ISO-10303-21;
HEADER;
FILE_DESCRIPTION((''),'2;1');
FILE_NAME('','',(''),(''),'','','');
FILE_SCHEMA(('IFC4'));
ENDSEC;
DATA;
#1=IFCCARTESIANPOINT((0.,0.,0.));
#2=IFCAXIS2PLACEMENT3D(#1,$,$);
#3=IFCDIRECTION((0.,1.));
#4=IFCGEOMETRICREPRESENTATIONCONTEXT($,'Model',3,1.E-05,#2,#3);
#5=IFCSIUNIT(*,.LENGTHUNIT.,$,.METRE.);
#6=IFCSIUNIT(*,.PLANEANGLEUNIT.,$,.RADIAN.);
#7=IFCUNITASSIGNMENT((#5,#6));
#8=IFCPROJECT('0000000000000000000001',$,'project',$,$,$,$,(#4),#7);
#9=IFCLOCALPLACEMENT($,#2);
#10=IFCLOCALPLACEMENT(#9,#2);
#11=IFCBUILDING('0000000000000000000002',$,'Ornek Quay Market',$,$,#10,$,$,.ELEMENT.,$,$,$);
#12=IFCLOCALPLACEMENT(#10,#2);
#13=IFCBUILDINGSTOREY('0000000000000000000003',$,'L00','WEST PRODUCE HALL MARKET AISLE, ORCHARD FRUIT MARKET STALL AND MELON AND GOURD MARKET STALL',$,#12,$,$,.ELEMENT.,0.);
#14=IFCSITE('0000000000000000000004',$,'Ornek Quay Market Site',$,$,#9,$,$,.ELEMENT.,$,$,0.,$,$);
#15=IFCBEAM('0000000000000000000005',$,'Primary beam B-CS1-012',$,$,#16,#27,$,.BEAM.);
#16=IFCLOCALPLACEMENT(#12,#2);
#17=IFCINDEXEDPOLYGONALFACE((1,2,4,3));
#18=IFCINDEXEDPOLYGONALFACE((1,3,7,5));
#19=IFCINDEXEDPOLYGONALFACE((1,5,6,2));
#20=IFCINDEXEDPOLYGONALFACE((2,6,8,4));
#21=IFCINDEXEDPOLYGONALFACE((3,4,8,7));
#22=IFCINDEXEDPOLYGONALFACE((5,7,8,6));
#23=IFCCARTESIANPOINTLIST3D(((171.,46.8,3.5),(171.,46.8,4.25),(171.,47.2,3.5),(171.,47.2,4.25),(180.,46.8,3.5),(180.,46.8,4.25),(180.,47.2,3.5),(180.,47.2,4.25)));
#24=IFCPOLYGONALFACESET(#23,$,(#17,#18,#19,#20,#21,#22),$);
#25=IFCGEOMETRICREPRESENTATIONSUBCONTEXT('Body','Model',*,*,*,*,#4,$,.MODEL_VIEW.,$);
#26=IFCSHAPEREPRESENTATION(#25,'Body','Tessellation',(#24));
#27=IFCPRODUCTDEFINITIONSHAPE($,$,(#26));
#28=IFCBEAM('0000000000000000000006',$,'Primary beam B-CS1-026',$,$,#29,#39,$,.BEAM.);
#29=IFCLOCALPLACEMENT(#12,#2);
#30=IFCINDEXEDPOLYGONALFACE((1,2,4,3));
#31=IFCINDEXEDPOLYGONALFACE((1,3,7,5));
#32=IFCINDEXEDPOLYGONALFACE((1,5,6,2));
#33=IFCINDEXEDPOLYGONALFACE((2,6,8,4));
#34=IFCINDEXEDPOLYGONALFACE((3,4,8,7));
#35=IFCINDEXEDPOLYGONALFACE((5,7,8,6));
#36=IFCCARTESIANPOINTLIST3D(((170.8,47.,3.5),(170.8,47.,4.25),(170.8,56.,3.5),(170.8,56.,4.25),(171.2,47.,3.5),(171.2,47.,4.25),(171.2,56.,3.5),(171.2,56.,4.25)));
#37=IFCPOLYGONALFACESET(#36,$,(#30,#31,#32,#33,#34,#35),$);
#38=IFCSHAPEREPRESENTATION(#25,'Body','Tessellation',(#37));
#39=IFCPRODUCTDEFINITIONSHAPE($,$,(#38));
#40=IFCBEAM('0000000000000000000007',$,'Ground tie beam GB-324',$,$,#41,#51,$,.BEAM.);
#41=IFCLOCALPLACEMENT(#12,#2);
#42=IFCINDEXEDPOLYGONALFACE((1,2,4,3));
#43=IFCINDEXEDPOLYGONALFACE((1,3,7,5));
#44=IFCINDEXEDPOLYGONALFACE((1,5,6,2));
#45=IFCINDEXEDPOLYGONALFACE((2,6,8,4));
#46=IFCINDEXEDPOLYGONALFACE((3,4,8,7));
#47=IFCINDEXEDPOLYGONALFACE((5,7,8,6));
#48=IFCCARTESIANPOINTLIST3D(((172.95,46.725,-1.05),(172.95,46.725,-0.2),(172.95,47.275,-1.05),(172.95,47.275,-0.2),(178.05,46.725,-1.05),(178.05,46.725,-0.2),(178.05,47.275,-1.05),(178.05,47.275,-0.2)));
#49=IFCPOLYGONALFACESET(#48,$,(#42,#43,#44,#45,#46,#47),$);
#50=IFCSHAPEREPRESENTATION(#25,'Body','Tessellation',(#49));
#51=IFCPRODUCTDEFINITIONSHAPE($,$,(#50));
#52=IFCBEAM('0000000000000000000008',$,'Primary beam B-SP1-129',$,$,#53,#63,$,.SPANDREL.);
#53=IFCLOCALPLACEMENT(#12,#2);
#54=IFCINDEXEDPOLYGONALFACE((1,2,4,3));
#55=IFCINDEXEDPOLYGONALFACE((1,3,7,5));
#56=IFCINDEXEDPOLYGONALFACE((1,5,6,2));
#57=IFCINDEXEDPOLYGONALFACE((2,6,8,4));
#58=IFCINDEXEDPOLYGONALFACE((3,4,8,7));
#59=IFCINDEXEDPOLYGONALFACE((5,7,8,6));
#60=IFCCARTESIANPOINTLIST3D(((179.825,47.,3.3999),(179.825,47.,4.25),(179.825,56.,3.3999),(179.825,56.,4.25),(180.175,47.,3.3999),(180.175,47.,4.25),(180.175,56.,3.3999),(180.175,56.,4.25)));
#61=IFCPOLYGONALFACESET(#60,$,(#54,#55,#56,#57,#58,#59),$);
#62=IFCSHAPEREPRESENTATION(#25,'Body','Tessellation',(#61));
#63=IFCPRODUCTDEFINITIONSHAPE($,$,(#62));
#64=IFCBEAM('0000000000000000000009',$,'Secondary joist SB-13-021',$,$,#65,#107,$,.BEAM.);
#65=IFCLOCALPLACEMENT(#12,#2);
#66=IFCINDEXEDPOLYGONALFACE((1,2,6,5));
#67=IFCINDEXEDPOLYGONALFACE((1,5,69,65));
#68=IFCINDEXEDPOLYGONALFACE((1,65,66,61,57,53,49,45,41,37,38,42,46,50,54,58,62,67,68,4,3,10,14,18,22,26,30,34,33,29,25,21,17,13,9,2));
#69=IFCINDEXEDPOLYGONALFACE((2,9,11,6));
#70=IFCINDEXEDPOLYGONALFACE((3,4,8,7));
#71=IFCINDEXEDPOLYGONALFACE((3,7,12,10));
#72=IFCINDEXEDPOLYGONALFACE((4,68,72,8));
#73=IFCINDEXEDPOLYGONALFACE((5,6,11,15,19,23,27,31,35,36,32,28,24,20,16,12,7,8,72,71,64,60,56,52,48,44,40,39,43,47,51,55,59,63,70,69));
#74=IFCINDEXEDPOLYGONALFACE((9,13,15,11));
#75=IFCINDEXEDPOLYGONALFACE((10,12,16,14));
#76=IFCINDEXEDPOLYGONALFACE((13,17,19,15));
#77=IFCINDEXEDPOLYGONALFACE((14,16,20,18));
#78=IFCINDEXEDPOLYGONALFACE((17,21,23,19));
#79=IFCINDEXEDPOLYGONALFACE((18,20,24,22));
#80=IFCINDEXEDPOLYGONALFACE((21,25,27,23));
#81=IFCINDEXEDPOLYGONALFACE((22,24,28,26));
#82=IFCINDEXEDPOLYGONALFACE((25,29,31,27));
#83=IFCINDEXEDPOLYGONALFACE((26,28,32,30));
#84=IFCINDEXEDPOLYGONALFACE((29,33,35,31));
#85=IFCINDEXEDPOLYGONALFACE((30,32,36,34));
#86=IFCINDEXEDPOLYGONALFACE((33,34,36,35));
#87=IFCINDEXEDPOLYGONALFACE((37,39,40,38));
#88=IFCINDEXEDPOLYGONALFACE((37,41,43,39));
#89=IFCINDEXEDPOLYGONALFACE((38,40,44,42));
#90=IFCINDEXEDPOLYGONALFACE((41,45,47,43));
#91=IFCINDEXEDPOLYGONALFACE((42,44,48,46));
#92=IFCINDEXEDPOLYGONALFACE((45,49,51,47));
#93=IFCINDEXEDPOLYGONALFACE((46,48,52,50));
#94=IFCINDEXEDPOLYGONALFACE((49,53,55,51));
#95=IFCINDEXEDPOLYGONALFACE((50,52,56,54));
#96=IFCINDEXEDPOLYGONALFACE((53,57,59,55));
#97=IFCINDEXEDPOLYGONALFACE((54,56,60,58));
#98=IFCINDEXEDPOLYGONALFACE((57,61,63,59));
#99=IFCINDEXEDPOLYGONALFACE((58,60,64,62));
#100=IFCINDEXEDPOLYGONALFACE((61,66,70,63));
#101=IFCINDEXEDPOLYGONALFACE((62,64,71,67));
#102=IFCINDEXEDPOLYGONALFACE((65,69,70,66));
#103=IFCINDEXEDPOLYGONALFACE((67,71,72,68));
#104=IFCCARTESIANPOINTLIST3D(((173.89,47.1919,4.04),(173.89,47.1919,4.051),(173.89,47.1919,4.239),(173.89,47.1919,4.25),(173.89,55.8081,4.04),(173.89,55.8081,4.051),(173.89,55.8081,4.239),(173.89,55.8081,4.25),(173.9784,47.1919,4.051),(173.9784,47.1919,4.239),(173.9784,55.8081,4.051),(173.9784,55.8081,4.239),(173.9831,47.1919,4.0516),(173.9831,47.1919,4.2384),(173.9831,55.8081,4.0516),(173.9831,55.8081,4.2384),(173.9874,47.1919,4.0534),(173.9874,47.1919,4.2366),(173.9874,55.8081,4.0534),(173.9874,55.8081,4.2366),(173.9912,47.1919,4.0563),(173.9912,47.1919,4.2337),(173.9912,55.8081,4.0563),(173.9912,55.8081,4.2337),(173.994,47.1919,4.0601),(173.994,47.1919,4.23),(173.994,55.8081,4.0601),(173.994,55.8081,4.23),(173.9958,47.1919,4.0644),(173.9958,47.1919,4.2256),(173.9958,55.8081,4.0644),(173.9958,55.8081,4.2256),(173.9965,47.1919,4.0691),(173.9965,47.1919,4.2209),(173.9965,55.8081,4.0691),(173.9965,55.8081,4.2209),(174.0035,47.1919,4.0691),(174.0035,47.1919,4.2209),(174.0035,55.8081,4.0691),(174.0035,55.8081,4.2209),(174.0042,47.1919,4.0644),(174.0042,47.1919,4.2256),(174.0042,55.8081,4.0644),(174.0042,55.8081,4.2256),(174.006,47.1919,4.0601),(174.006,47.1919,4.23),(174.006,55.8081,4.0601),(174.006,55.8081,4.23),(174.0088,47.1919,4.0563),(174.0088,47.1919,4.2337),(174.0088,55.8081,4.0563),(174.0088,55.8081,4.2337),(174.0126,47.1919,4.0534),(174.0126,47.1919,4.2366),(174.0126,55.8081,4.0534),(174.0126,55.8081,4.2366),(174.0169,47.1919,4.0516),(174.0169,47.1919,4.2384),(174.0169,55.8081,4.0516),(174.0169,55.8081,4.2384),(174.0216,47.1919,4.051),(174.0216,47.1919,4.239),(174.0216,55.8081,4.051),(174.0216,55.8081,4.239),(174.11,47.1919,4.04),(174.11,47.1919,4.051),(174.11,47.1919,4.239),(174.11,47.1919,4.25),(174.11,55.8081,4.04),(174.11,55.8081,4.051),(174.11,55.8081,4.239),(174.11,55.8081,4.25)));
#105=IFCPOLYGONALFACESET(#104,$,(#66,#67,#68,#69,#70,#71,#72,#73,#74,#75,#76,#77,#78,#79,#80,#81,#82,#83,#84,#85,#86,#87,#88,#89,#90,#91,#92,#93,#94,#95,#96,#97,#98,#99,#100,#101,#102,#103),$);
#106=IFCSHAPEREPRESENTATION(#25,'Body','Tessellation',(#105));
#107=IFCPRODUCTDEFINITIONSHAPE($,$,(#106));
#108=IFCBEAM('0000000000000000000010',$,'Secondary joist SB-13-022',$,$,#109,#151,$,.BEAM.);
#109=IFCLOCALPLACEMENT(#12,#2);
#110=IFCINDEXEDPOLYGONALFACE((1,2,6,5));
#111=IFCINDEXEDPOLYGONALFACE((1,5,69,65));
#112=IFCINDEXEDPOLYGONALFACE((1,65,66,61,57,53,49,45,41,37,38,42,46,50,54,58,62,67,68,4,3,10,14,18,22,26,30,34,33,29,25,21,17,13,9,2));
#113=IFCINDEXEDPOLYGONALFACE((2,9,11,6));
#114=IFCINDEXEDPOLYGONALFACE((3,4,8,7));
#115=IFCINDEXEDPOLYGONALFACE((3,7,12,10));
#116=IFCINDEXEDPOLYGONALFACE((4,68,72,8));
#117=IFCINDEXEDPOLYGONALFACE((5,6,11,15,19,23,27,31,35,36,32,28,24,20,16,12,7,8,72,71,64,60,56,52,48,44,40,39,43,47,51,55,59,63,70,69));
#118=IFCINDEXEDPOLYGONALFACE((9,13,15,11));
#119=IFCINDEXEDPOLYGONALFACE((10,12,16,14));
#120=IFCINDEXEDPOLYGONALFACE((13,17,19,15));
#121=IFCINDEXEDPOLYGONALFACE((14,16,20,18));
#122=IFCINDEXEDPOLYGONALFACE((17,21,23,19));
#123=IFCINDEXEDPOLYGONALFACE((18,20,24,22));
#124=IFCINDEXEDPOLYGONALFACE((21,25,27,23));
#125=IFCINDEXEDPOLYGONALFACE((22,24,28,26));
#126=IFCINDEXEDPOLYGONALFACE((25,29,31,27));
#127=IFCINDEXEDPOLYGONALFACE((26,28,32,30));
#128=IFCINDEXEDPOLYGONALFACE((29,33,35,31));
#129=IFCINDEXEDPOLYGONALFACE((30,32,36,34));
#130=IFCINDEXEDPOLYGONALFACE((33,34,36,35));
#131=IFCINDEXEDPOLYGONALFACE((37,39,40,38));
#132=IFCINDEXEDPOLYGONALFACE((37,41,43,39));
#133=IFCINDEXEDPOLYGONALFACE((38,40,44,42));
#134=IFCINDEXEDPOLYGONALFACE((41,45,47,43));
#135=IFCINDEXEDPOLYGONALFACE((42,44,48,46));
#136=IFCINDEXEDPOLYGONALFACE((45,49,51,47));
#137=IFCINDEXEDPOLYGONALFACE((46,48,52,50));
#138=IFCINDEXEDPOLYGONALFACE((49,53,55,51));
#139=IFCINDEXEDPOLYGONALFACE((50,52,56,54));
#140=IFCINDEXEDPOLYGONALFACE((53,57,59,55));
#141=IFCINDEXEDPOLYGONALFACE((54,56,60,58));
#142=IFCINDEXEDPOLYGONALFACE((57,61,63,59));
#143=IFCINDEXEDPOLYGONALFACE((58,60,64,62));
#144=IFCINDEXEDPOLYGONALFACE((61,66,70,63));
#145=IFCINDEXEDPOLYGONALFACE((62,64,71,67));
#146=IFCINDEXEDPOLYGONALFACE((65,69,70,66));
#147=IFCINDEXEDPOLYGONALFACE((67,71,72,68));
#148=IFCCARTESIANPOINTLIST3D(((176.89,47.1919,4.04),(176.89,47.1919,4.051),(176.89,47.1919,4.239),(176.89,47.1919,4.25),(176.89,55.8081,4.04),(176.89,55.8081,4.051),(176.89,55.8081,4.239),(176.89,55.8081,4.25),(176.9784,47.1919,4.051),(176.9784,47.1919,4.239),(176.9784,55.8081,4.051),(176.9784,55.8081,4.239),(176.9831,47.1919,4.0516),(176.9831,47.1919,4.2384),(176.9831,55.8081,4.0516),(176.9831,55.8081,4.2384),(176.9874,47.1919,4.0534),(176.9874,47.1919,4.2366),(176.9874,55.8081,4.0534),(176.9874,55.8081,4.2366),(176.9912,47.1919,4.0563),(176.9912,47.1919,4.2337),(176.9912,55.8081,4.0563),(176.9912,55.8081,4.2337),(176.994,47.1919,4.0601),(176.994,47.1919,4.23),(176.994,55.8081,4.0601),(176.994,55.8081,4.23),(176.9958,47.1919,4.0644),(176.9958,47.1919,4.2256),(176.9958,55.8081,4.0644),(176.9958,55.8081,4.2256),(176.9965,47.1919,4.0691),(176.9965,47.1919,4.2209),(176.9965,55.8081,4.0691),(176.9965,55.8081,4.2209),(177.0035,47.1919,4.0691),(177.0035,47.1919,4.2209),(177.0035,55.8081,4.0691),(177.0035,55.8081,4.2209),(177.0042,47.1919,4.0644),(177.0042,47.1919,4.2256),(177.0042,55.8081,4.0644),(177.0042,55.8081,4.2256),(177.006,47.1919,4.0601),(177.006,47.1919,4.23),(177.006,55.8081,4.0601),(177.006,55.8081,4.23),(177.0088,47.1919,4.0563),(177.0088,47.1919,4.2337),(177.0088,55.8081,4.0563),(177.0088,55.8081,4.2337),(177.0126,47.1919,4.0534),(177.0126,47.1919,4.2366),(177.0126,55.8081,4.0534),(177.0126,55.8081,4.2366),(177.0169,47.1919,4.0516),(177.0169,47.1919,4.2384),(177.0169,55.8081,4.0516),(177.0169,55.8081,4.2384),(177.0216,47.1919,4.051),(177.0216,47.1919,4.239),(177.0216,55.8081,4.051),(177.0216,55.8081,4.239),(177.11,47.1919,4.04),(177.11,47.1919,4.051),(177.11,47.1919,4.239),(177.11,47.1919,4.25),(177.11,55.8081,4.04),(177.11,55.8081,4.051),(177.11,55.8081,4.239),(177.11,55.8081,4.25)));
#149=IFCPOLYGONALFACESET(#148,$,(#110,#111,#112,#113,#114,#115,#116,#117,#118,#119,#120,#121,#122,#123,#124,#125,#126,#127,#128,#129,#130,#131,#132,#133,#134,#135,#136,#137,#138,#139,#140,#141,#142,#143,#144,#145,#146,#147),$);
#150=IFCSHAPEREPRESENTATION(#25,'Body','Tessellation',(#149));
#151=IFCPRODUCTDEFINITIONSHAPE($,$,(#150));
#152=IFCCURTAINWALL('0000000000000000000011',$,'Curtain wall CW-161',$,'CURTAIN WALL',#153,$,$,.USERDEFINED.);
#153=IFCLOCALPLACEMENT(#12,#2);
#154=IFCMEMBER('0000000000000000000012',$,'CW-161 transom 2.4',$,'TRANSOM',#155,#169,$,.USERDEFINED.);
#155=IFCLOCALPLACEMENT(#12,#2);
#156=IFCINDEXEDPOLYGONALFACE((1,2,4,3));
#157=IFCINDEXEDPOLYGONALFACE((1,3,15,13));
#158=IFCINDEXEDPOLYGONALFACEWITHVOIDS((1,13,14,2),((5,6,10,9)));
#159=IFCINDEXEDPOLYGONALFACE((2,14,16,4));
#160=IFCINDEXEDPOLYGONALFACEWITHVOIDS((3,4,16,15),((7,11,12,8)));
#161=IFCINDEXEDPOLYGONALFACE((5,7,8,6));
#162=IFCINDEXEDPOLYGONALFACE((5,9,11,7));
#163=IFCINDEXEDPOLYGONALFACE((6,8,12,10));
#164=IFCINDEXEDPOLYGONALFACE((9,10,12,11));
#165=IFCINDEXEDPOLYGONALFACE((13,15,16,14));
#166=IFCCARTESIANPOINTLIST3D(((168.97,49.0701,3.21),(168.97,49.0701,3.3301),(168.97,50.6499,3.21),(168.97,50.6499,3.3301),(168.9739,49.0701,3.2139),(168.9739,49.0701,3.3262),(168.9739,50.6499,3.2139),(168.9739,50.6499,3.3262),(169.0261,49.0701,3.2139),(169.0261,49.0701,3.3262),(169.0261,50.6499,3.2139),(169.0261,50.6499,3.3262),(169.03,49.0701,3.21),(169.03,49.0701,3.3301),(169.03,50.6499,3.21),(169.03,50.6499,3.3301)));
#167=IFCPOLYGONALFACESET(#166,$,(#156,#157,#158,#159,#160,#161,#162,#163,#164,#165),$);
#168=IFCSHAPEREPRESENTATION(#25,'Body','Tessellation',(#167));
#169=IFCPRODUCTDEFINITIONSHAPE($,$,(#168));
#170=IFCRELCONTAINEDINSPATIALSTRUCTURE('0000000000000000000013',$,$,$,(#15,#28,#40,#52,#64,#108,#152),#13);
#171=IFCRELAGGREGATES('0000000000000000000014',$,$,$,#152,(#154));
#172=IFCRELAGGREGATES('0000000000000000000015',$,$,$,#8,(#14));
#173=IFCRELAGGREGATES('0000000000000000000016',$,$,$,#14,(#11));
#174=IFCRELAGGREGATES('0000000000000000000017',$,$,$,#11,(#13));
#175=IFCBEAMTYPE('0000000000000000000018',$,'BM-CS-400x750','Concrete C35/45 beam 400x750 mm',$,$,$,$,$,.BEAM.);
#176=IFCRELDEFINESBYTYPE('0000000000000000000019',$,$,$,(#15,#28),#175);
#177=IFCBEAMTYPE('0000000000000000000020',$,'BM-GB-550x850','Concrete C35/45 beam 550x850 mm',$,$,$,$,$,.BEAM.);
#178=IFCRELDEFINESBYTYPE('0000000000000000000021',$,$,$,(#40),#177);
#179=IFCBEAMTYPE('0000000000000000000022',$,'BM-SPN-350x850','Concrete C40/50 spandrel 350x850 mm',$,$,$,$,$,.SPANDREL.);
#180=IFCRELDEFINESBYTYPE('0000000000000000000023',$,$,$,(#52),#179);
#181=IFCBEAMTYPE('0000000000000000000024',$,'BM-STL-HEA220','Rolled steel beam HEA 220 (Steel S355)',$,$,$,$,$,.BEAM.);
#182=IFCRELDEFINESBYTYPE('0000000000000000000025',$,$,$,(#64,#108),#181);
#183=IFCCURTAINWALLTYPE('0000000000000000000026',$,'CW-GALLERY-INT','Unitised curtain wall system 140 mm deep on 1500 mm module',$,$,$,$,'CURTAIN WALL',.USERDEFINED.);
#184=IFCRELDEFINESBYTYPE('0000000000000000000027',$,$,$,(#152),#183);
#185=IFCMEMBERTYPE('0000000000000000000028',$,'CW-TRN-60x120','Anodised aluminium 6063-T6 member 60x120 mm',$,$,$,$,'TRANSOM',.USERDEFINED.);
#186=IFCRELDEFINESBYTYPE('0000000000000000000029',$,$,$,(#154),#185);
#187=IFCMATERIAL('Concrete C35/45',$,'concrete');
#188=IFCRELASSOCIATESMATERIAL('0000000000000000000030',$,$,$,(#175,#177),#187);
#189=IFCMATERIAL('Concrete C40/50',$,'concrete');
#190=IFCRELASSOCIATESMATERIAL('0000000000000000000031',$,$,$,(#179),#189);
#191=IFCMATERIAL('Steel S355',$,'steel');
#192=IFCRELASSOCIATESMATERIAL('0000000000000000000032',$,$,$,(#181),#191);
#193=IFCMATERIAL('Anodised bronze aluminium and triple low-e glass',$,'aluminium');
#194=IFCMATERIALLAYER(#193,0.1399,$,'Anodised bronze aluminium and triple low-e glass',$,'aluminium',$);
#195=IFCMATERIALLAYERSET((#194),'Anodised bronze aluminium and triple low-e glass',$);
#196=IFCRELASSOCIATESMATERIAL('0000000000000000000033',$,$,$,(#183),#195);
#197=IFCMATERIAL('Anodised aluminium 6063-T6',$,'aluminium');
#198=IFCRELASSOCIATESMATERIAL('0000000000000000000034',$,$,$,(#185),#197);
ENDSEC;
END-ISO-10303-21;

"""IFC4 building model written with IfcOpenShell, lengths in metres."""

from ifc_helpers import new_model, si_unit, direction, frame, origin, origin_2d, place, context, subcontext, project, spatial, rectangle, hollow_rectangle, i_section, extrude, material, layer, layer_set, material_profile, profile_set, type_object, element, aggregate, save


model = new_model("IFC4")

# Units and contexts
model_context = context("Model", 3, precision=1e-05, world=origin(), true_north=direction((0.0, 1.0)))
body_context = subcontext(model_context, "Body", "Model", "MODEL_VIEW")
ifc_project = project(units=[si_unit("LENGTHUNIT", "METRE"), si_unit("PLANEANGLEUNIT", "RADIAN")], contexts=[model_context])

# Site, building, storey
site_placement = place(None, origin())
site = spatial("IfcSite", under=ifc_project, at=site_placement, Name="Ornek Quay Market Site", CompositionType="ELEMENT", RefElevation=0.0)
building_placement = place(site_placement, origin())
building = spatial("IfcBuilding", under=site, at=building_placement, Name="Ornek Quay Market", CompositionType="ELEMENT")
storey_placement = place(building_placement, origin())
storey = spatial("IfcBuildingStorey", under=building, at=storey_placement, Name="L00", Description="WEST PRODUCE HALL MARKET AISLE, ORCHARD FRUIT MARKET STALL AND MELON AND GOURD MARKET STALL", CompositionType="ELEMENT", Elevation=0.0)

# Shared definitions
ifc_material_1 = material(Name="Concrete C35/45", Category="concrete")

# Shared definitions
ifc_material_2 = material(Name="Concrete C40/50", Category="concrete")

# Beams
ifc_material_profile_1 = material_profile(ifc_material_1, rectangle(XDim=0.3999, YDim=0.75, at=origin_2d()), Name="RC 400x750", Category="concrete")
ifc_profile_set_1 = profile_set([ifc_material_profile_1], Name="Concrete C35/45")
beam_type_1 = type_object("IfcBeamType", Name="BM-CS-400x750", Description="Concrete C35/45 beam 400x750 mm", PredefinedType="BEAM", material=ifc_profile_set_1)
for number, where, z_axis, x_axis, name in (
    (1, (171.0, 47.0, 3.875), (1.0, 0.0, 0.0), (0.0, 1.0, 0.0), "Primary beam B-CS1-012"),
    (2, (171.0, 47.0, 3.875), (0.0, 1.0, 0.0), (-1.0, 0.0, 0.0), "Primary beam B-CS1-026"),
):
    element("IfcBeam", number, at=place(storey_placement, frame(where, z_axis=z_axis, x_axis=x_axis)), inside=storey, type_object=beam_type_1, Name=name, PredefinedType="BEAM", context=body_context, shape_type="SweptSolid", body=[
        extrude(rectangle(XDim=0.3999, YDim=0.75, at=origin_2d()), origin(), (0.0, 0.0, 1.0), 9.0),
    ])
ifc_material_profile_2 = material_profile(ifc_material_1, rectangle(XDim=0.55, YDim=0.8501, at=origin_2d()), Name="RC 550x850", Category="concrete")
ifc_profile_set_2 = profile_set([ifc_material_profile_2], Name="Concrete C35/45")
beam_type_2 = type_object("IfcBeamType", Name="BM-GB-550x850", Description="Concrete C35/45 beam 550x850 mm", PredefinedType="BEAM", material=ifc_profile_set_2)
beam_1_placement = place(storey_placement, frame((172.95, 47.0, -0.625), z_axis=(1.0, 0.0, 0.0), x_axis=(0.0, 1.0, 0.0)))
element("IfcBeam", 3, at=beam_1_placement, inside=storey, type_object=beam_type_2, Name="Ground tie beam GB-324", PredefinedType="BEAM", context=body_context, shape_type="SweptSolid", body=[
    extrude(rectangle(XDim=0.55, YDim=0.8501, at=origin_2d()), origin(), (0.0, 0.0, 1.0), 5.1001),
])
ifc_material_profile_3 = material_profile(ifc_material_2, rectangle(XDim=0.3501, YDim=0.8501, at=origin_2d()), Name="RC 350x850", Category="concrete")
ifc_profile_set_3 = profile_set([ifc_material_profile_3], Name="Concrete C40/50")
beam_type_3 = type_object("IfcBeamType", Name="BM-SPN-350x850", Description="Concrete C40/50 spandrel 350x850 mm", PredefinedType="SPANDREL", material=ifc_profile_set_3)
beam_2_placement = place(storey_placement, frame((180.0, 47.0, 3.825), z_axis=(0.0, 1.0, 0.0), x_axis=(-1.0, 0.0, 0.0)))
element("IfcBeam", 4, at=beam_2_placement, inside=storey, type_object=beam_type_3, Name="Primary beam B-SP1-129", PredefinedType="SPANDREL", context=body_context, shape_type="SweptSolid", body=[
    extrude(rectangle(XDim=0.3501, YDim=0.8501, at=origin_2d()), origin(), (0.0, 0.0, 1.0), 9.0),
])
ifc_material_3 = material(Name="Steel S355", Category="steel")
ifc_material_profile_4 = material_profile(ifc_material_3, i_section(OverallWidth=0.22, OverallDepth=0.21, WebThickness=0.0071, FlangeThickness=0.011, FilletRadius=0.0181, at=origin_2d()), Name="HEA 220", Category="steel")
ifc_profile_set_4 = profile_set([ifc_material_profile_4], Name="Steel S355")
beam_type_4 = type_object("IfcBeamType", Name="BM-STL-HEA220", Description="Rolled steel beam HEA 220 (Steel S355)", PredefinedType="BEAM", material=ifc_profile_set_4)
for number, where, z_axis, x_axis, name in (
    (5, (174.0, 47.1919, 4.145), (0.0, 1.0, 0.0), (-1.0, 0.0, 0.0), "Secondary joist SB-13-021"),
    (6, (177.0, 47.1919, 4.145), (0.0, 1.0, 0.0), (-1.0, 0.0, 0.0), "Secondary joist SB-13-022"),
):
    element("IfcBeam", number, at=place(storey_placement, frame(where, z_axis=z_axis, x_axis=x_axis)), inside=storey, type_object=beam_type_4, Name=name, PredefinedType="BEAM", context=body_context, shape_type="SweptSolid", body=[
        extrude(i_section(OverallWidth=0.22, OverallDepth=0.21, WebThickness=0.0071, FlangeThickness=0.011, FilletRadius=0.0181, at=origin_2d()), origin(), (0.0, 0.0, 1.0), 8.6162),
    ])

# Curtain wall, member
ifc_material_4 = material(Name="Anodised bronze aluminium and triple low-e glass", Category="aluminium")
ifc_layer_1 = layer(ifc_material_4, 0.1399, Name="Anodised bronze aluminium and triple low-e glass", Category="aluminium")
ifc_layer_set_1 = layer_set([ifc_layer_1], Name="Anodised bronze aluminium and triple low-e glass")
curtain_wall_type = type_object("IfcCurtainWallType", Name="CW-GALLERY-INT", Description="Unitised curtain wall system 140 mm deep on 1500 mm module", ElementType="CURTAIN WALL", PredefinedType="USERDEFINED", material=ifc_layer_set_1)
curtain_wall_placement = place(storey_placement, origin())
curtain_wall = element("IfcCurtainWall", 7, at=curtain_wall_placement, inside=storey, type_object=curtain_wall_type, Name="Curtain wall CW-161", ObjectType="CURTAIN WALL", PredefinedType="USERDEFINED")
ifc_material_5 = material(Name="Anodised aluminium 6063-T6", Category="aluminium")
ifc_material_profile_5 = material_profile(ifc_material_5, hollow_rectangle(XDim=0.0601, YDim=0.1201, WallThickness=0.0039, at=origin_2d()), Name="CW-TRN-60x120", Category="aluminium")
ifc_profile_set_5 = profile_set([ifc_material_profile_5], Name="Anodised aluminium 6063-T6")
member_type = type_object("IfcMemberType", Name="CW-TRN-60x120", Description="Anodised aluminium 6063-T6 member 60x120 mm", ElementType="TRANSOM", PredefinedType="USERDEFINED", material=ifc_profile_set_5)
member_placement = place(storey_placement, frame((169.0, 49.0701, 3.27), z_axis=(0.0, 1.0, 0.0), x_axis=(-1.0, 0.0, 0.0)))
member = element("IfcMember", 8, at=member_placement, type_object=member_type, Name="CW-161 transom 2.4", ObjectType="TRANSOM", PredefinedType="USERDEFINED", context=body_context, shape_type="SweptSolid", body=[
    extrude(hollow_rectangle(XDim=0.0601, YDim=0.1201, WallThickness=0.0039, at=origin_2d()), origin(), (0.0, 0.0, 1.0), 1.5798),
])
aggregate(curtain_wall, [member])

save(model, "model.ifc")
